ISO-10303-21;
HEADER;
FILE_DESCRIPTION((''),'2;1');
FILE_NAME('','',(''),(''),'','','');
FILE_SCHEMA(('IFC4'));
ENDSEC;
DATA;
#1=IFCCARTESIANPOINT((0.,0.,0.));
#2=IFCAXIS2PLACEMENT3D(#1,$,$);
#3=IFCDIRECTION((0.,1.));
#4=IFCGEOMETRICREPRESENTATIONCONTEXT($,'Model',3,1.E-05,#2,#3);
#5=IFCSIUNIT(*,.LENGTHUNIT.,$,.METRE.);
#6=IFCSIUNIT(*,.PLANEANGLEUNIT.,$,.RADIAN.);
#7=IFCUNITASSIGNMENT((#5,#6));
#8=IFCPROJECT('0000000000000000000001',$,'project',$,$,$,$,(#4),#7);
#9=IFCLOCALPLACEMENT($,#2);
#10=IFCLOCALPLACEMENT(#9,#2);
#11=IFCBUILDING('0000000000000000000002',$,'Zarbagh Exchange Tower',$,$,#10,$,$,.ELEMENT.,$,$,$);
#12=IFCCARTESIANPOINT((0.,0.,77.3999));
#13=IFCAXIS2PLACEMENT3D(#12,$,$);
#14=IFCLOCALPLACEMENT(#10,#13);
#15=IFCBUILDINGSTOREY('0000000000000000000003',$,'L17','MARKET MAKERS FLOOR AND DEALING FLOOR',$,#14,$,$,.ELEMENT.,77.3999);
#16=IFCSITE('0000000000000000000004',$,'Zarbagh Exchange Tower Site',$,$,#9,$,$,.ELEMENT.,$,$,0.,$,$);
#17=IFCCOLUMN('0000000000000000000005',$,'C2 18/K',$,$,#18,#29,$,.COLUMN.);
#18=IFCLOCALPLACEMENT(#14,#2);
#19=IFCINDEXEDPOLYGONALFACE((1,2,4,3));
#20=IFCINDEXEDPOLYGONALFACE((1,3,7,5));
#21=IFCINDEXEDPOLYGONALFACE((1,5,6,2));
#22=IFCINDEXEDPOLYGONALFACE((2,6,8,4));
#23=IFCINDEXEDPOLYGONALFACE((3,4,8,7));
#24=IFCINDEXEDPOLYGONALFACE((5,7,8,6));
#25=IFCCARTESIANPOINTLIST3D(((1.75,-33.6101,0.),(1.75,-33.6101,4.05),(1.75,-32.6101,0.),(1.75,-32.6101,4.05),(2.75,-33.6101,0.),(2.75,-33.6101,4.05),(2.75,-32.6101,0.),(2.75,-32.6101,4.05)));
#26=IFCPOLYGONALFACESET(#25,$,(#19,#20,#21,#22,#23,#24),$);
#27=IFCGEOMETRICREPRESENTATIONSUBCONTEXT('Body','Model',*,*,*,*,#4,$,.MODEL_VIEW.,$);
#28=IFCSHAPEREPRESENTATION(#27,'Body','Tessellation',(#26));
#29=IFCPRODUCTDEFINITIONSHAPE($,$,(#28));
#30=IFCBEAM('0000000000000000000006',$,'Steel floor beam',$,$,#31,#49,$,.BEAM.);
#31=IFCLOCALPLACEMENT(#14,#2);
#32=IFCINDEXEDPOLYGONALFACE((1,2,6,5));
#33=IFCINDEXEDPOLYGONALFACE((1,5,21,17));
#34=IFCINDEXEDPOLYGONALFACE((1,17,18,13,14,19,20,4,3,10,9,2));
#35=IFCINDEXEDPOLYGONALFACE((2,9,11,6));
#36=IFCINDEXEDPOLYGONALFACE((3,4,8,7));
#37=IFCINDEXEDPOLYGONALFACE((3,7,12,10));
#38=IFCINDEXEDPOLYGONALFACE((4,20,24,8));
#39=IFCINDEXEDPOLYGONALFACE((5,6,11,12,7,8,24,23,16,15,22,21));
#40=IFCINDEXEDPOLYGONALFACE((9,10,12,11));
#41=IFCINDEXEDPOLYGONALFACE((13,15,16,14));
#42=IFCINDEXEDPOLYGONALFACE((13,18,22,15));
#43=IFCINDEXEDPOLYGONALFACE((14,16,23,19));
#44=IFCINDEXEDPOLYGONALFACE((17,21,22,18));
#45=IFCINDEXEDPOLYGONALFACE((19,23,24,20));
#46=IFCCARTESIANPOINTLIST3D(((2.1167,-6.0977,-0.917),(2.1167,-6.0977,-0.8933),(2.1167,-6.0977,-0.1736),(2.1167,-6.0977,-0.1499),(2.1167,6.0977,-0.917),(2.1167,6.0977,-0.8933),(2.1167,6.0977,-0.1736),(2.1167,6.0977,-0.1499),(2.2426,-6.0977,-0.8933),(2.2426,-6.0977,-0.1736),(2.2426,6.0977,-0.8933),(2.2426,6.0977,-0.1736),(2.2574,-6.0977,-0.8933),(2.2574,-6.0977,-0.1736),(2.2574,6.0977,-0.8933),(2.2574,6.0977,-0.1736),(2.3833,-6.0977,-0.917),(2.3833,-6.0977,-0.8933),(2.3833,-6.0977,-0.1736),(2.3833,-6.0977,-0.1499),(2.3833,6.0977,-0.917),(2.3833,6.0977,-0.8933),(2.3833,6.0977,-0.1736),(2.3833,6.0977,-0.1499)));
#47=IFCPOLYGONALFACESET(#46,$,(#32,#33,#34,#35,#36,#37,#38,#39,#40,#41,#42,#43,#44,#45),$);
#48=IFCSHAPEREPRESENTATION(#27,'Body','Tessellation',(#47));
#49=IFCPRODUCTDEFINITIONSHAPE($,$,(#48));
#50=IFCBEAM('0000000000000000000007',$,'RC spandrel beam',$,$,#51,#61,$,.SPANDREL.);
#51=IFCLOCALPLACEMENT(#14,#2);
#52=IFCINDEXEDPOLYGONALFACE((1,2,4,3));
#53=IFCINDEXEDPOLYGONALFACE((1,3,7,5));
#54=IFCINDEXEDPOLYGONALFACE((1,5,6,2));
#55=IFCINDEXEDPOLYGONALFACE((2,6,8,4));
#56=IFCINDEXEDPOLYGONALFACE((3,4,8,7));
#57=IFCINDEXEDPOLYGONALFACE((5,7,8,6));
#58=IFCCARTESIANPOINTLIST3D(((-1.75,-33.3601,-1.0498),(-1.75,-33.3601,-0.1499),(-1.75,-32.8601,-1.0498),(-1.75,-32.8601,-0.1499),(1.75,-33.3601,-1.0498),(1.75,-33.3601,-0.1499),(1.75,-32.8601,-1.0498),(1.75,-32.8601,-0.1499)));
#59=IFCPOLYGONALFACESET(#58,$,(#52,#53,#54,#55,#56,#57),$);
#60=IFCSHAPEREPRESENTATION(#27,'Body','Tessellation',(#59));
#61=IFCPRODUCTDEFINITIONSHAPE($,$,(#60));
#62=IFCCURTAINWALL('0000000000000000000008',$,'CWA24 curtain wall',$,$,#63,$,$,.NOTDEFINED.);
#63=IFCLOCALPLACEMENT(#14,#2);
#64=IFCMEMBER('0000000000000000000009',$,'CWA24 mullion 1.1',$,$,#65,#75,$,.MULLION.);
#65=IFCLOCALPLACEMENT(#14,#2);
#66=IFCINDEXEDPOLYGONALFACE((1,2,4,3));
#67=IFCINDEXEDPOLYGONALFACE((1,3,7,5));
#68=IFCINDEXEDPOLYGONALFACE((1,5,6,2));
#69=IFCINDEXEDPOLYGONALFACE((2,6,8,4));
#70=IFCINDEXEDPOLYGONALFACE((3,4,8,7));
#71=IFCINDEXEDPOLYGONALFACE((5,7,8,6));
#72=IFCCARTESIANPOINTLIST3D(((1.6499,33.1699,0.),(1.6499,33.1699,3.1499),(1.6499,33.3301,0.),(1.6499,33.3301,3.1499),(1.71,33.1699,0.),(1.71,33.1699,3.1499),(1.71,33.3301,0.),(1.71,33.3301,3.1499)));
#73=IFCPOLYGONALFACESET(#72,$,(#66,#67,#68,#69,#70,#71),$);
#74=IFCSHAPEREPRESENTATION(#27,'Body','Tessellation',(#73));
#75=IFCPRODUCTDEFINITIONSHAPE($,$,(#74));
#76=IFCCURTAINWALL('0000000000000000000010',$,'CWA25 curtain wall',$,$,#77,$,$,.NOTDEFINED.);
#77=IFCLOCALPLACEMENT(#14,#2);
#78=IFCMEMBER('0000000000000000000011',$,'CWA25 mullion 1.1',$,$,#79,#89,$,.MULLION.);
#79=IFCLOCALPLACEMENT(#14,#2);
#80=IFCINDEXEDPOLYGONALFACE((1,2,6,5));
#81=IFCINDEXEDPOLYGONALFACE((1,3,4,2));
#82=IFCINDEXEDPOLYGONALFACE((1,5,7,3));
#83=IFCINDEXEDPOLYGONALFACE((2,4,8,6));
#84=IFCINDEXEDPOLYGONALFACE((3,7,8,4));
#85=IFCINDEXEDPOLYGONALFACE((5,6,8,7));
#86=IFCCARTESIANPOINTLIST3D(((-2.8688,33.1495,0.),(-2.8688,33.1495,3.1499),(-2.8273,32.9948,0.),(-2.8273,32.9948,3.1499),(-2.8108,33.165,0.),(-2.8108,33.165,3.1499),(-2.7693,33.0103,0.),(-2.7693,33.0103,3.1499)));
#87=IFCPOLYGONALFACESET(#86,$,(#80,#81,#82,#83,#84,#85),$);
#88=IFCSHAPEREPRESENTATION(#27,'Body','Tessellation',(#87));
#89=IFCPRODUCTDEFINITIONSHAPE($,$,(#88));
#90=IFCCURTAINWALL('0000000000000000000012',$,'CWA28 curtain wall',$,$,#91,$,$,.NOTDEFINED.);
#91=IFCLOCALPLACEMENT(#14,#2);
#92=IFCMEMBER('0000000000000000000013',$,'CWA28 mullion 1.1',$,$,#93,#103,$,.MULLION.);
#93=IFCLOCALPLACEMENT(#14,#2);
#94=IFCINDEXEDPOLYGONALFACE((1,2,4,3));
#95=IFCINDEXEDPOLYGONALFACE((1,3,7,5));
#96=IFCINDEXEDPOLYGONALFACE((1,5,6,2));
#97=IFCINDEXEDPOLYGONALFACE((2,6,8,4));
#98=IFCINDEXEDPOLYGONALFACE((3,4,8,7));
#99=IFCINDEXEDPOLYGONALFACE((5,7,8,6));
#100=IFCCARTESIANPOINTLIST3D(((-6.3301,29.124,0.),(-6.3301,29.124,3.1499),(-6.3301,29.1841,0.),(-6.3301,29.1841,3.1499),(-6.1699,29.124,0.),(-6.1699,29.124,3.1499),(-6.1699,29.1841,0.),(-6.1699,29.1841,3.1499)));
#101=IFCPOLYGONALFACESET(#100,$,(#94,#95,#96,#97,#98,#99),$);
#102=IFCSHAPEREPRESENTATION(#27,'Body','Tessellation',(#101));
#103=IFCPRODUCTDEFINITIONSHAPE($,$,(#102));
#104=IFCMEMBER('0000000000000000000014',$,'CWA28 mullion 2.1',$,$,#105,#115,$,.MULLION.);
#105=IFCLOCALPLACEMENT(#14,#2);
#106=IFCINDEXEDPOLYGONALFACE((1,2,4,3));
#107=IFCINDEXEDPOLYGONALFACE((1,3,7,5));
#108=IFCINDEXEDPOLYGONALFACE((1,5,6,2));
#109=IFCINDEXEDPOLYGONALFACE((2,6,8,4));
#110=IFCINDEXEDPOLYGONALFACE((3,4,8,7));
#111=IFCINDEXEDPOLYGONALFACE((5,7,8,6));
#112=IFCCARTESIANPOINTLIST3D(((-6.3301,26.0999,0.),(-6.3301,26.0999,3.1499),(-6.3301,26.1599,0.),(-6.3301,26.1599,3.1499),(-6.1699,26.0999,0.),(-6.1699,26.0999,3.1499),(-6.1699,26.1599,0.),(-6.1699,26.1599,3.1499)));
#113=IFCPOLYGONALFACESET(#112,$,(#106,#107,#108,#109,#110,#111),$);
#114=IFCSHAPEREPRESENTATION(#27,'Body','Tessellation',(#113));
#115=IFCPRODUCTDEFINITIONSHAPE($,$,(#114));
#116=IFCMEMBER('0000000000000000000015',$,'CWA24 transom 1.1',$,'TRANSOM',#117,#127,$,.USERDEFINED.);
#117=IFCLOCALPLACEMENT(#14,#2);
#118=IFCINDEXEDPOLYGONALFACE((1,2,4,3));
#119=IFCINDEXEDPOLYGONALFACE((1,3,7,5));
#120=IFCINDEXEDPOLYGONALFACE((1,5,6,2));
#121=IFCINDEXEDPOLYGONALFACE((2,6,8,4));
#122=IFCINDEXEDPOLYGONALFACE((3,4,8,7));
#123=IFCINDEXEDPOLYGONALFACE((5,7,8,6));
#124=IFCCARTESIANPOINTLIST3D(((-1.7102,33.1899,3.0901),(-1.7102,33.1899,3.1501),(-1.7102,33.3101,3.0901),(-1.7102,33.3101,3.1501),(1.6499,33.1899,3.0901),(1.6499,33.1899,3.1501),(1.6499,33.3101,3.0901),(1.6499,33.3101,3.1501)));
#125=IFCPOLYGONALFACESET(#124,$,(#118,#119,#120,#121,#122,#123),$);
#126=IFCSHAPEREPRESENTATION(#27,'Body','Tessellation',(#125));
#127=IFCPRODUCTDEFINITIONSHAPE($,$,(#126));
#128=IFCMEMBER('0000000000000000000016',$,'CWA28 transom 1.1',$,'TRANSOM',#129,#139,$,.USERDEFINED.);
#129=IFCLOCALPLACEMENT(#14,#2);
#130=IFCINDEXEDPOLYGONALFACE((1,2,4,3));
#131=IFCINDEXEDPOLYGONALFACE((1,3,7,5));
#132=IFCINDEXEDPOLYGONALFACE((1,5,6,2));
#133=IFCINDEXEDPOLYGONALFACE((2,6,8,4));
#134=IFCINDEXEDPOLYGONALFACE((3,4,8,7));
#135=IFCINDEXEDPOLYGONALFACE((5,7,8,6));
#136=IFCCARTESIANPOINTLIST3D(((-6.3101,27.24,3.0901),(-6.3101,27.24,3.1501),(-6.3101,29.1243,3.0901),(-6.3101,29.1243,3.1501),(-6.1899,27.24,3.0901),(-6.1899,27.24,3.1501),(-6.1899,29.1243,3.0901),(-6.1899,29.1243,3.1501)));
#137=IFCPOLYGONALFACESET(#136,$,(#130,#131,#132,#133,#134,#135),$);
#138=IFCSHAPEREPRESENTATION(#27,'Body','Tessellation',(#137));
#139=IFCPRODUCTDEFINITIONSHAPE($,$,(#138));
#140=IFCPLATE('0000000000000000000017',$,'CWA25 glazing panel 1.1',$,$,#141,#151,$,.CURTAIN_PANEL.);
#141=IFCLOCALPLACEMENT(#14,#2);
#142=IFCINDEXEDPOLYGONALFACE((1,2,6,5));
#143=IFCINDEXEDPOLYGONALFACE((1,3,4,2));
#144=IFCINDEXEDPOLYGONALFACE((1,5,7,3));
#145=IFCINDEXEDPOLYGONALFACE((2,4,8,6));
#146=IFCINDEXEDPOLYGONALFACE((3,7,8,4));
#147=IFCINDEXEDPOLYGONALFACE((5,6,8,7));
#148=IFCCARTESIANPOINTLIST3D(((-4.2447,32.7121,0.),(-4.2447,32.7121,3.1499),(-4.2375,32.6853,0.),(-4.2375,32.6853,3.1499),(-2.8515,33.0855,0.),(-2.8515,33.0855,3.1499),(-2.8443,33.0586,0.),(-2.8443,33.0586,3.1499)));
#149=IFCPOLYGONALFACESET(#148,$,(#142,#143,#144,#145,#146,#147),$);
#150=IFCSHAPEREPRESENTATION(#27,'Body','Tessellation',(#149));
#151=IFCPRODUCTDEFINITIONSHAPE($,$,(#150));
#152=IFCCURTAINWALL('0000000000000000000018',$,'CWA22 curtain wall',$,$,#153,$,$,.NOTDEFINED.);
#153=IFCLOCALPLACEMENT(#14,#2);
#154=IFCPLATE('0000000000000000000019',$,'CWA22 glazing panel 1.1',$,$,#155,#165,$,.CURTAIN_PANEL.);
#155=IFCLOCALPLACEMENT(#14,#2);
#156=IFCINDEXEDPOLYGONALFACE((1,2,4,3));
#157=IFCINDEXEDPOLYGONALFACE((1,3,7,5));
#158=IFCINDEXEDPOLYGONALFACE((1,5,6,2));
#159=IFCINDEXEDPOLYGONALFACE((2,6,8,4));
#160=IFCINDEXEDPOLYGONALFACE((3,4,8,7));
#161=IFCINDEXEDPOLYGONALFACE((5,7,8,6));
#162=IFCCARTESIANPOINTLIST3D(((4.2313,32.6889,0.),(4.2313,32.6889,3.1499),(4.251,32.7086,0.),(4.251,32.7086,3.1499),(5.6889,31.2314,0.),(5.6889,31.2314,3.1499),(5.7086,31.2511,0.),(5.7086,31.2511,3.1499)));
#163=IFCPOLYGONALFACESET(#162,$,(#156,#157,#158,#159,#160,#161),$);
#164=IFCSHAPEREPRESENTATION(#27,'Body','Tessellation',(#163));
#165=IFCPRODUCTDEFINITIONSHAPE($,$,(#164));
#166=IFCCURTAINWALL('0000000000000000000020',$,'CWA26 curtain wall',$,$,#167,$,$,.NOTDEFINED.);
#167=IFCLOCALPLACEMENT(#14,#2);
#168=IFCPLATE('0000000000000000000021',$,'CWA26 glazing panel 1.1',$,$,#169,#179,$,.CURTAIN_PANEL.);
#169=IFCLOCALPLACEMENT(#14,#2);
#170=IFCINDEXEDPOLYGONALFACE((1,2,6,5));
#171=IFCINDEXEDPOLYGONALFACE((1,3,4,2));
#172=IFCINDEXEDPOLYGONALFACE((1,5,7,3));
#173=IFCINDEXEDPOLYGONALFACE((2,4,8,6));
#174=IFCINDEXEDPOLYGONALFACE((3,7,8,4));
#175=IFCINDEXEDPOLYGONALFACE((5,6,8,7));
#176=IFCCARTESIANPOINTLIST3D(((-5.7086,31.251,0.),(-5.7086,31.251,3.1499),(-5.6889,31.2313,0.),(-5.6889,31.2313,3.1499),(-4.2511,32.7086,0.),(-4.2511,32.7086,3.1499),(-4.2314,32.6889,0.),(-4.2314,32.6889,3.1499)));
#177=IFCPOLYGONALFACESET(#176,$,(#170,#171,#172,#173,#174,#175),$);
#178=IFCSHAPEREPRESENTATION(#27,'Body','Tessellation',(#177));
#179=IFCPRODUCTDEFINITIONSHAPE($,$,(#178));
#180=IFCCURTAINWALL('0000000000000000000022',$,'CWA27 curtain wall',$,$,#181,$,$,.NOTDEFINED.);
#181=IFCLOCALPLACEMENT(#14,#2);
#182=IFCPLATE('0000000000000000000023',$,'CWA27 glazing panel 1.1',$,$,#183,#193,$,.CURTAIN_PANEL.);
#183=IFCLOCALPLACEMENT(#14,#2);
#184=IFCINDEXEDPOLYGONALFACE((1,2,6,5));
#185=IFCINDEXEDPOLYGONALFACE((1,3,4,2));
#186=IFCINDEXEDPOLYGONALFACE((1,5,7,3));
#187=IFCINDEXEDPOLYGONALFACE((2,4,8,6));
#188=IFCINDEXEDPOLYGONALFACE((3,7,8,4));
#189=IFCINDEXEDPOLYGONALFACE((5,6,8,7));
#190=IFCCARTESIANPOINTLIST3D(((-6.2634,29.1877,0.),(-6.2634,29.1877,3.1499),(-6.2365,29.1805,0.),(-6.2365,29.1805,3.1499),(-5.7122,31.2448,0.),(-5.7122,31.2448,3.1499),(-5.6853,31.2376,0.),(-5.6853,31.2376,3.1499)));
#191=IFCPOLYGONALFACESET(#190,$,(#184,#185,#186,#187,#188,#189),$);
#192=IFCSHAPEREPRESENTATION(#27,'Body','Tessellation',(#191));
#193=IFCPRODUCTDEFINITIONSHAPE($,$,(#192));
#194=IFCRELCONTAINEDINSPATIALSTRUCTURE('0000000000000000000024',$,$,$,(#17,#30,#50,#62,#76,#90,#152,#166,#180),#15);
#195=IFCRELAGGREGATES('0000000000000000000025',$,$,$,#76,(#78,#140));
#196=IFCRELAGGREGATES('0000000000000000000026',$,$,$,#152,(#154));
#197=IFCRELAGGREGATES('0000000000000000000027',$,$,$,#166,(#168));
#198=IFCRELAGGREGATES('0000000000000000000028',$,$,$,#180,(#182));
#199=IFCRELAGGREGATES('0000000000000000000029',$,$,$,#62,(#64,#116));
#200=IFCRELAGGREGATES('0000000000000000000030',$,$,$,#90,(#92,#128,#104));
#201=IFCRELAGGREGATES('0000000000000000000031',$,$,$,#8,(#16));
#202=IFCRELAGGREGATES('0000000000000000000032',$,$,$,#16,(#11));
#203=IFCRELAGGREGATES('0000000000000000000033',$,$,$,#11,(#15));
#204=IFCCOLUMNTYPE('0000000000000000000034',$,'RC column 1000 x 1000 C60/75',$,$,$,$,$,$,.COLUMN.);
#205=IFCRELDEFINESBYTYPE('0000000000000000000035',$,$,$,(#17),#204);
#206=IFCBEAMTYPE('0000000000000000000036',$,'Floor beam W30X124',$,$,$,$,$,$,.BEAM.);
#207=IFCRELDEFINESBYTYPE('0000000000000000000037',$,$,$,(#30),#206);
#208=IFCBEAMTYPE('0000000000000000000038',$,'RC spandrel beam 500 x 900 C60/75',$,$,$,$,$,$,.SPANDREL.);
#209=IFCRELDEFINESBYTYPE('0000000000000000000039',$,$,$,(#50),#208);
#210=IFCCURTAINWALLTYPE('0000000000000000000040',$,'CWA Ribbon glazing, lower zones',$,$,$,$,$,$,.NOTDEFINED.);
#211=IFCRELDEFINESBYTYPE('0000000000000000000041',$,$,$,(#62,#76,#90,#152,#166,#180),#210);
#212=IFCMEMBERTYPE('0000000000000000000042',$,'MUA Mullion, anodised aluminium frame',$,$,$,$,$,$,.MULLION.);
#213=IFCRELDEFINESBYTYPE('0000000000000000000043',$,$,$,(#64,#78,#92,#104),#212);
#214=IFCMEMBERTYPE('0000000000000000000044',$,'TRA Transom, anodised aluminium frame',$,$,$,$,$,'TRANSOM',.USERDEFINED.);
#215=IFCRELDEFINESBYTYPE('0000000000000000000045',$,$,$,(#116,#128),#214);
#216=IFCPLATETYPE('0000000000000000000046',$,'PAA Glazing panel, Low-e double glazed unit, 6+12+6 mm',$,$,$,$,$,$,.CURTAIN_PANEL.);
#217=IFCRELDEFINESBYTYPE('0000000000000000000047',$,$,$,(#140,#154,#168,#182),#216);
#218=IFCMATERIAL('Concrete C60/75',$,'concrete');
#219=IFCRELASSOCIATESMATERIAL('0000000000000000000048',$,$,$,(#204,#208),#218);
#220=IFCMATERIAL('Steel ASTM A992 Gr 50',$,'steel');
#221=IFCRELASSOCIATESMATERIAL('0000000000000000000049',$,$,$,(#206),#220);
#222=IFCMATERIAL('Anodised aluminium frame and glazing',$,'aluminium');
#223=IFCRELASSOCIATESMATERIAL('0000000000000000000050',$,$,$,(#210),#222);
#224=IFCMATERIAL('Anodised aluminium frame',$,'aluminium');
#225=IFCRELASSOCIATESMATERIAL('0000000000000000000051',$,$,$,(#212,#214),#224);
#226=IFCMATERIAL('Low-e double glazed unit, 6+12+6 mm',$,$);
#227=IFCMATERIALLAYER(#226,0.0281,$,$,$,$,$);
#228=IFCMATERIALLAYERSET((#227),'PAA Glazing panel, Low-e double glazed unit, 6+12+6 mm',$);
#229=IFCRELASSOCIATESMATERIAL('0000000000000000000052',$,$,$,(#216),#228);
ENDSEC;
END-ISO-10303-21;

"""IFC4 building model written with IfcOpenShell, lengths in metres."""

from ifc_helpers import new_model, si_unit, direction, frame, origin, origin_2d, place, context, subcontext, project, spatial, polyline, rectangle, i_section, outline, extrude, source, transform, mapped, material, layer, layer_set, material_profile, profile_set, type_object, element, aggregate, save


model = new_model("IFC4")

# Units and contexts
model_context = context("Model", 3, precision=1e-05, world=origin(), true_north=direction((0.0, 1.0)))
body_context = subcontext(model_context, "Body", "Model", "MODEL_VIEW")
ifc_project = project(units=[si_unit("LENGTHUNIT", "METRE"), si_unit("PLANEANGLEUNIT", "RADIAN")], contexts=[model_context])

# Site, building, storey
site_placement = place(None, origin())
site = spatial("IfcSite", under=ifc_project, at=site_placement, Name="Zarbagh Exchange Tower Site", CompositionType="ELEMENT", RefElevation=0.0)
building_placement = place(site_placement, origin())
building = spatial("IfcBuilding", under=site, at=building_placement, Name="Zarbagh Exchange Tower", CompositionType="ELEMENT")
storey_placement = place(building_placement, frame((0.0, 0.0, 77.3999)))
storey = spatial("IfcBuildingStorey", under=building, at=storey_placement, Name="L17", Description="MARKET MAKERS FLOOR AND DEALING FLOOR", CompositionType="ELEMENT", Elevation=77.3999)

# Column
ifc_material_1 = material(Name="Concrete C60/75", Category="concrete")
ifc_material_profile_1 = material_profile(ifc_material_1, rectangle(XDim=1.0, YDim=1.0, at=origin_2d()), Name="RC column 1000 x 1000 C60/75")
ifc_profile_set_1 = profile_set([ifc_material_profile_1], Name="Concrete C60/75")
column_type = type_object("IfcColumnType", Name="RC column 1000 x 1000 C60/75", PredefinedType="COLUMN", material=ifc_profile_set_1)
column_placement = place(storey_placement, frame((2.25, -33.1101, 0.0), z_axis=(0.0, 0.0, 1.0), x_axis=(1.0, 0.0, 0.0)))
element("IfcColumn", 1, at=column_placement, inside=storey, type_object=column_type, Name="C2 18/K", PredefinedType="COLUMN", context=body_context, shape_type="SweptSolid", body=[
    extrude(rectangle(XDim=1.0, YDim=1.0, at=origin_2d()), origin(), (0.0, 0.0, 1.0), 4.05),
])

# Beams
ifc_material_2 = material(Name="Steel ASTM A992 Gr 50", Category="steel")
ifc_material_profile_2 = material_profile(ifc_material_2, i_section(OverallWidth=0.2666, OverallDepth=0.7671, WebThickness=0.0149, FlangeThickness=0.0237, at=origin_2d()), Name="W30X124")
ifc_profile_set_2 = profile_set([ifc_material_profile_2], Name="Steel ASTM A992 Gr 50")
beam_type_1 = type_object("IfcBeamType", Name="Floor beam W30X124", PredefinedType="BEAM", material=ifc_profile_set_2)
beam_1_placement = place(storey_placement, frame((2.25, -6.0977, -0.5334), z_axis=(0.0, 1.0, 0.0), x_axis=(-1.0, 0.0, 0.0)))
element("IfcBeam", 2, at=beam_1_placement, inside=storey, type_object=beam_type_1, Name="Steel floor beam", PredefinedType="BEAM", context=body_context, shape_type="SweptSolid", body=[
    extrude(i_section(OverallWidth=0.2666, OverallDepth=0.7671, WebThickness=0.0149, FlangeThickness=0.0237, at=origin_2d()), origin(), (0.0, 0.0, 1.0), 12.1953),
])
ifc_material_profile_3 = material_profile(ifc_material_1, rectangle(XDim=0.5, YDim=0.8999, at=origin_2d()), Name="RC spandrel beam 500 x 900 C60/75")
ifc_profile_set_3 = profile_set([ifc_material_profile_3], Name="Concrete C60/75")
beam_type_2 = type_object("IfcBeamType", Name="RC spandrel beam 500 x 900 C60/75", PredefinedType="SPANDREL", material=ifc_profile_set_3)
beam_2_placement = place(storey_placement, frame((1.75, -33.1101, -0.5999), z_axis=(-1.0, 0.0, 0.0), x_axis=(0.0, -1.0, 0.0)))
element("IfcBeam", 3, at=beam_2_placement, inside=storey, type_object=beam_type_2, Name="RC spandrel beam", PredefinedType="SPANDREL", context=body_context, shape_type="SweptSolid", body=[
    extrude(rectangle(XDim=0.5, YDim=0.8999, at=origin_2d()), origin(), (0.0, 0.0, 1.0), 3.5),
])

# Curtain walls, members
ifc_material_3 = material(Name="Anodised aluminium frame and glazing", Category="aluminium")
curtain_wall_type = type_object("IfcCurtainWallType", Name="CWA Ribbon glazing, lower zones", PredefinedType="NOTDEFINED", material=ifc_material_3)
curtain_wall_1_placement = place(storey_placement, origin())
curtain_wall_1 = element("IfcCurtainWall", 4, at=curtain_wall_1_placement, inside=storey, type_object=curtain_wall_type, Name="CWA24 curtain wall", PredefinedType="NOTDEFINED")
ifc_material_4 = material(Name="Anodised aluminium frame", Category="aluminium")
member_type_1 = type_object("IfcMemberType", Name="MUA Mullion, anodised aluminium frame", PredefinedType="MULLION", material=ifc_material_4)
shared_shape_1 = source(origin(), body_context, "Body", "SweptSolid", [
    extrude(outline(polyline([(0.0, -0.0801), (0.0601, -0.0801), (0.0601, 0.0801), (0.0, 0.0801), (0.0, -0.0801)])), origin(), (0.0, 0.0, 1.0), 3.1499),
])
placement = place(storey_placement, origin())
member_1 = element("IfcMember", 5, at=placement, type_object=member_type_1, Name="CWA24 mullion 1.1", PredefinedType="MULLION", context=body_context, shape_type="MappedRepresentation", body=[
    mapped(shared_shape_1, transform((1.71, 33.25, 0.0), x_axis=(-1.0, 0.0, 0.0), y_axis=(0.0, -1.0, 0.0), z_axis=(0.0, 0.0, 1.0))),
])
curtain_wall_2_placement = place(storey_placement, origin())
curtain_wall_2 = element("IfcCurtainWall", 6, at=curtain_wall_2_placement, inside=storey, type_object=curtain_wall_type, Name="CWA25 curtain wall", PredefinedType="NOTDEFINED")
member_2 = element("IfcMember", 7, at=placement, type_object=member_type_1, Name="CWA25 mullion 1.1", PredefinedType="MULLION", context=body_context, shape_type="MappedRepresentation", body=[
    mapped(shared_shape_1, transform((-2.79, 33.0876, 0.0), x_axis=(-0.965924, -0.258825, 0.0), y_axis=(0.258825, -0.965924, 0.0), z_axis=(0.0, 0.0, 1.0))),
])

# Curtain wall, members
curtain_wall_3_placement = place(storey_placement, origin())
curtain_wall_3 = element("IfcCurtainWall", 8, at=curtain_wall_3_placement, inside=storey, type_object=curtain_wall_type, Name="CWA28 curtain wall", PredefinedType="NOTDEFINED")
member_3 = element("IfcMember", 9, at=placement, type_object=member_type_1, Name="CWA28 mullion 1.1", PredefinedType="MULLION", context=body_context, shape_type="MappedRepresentation", body=[
    mapped(shared_shape_1, transform((-6.25, 29.1841, 0.0), x_axis=(0.0, -1.0, 0.0), y_axis=(1.0, 0.0, 0.0), z_axis=(0.0, 0.0, 1.0))),
])
member_4 = element("IfcMember", 10, at=placement, type_object=member_type_1, Name="CWA28 mullion 2.1", PredefinedType="MULLION", context=body_context, shape_type="MappedRepresentation", body=[
    mapped(shared_shape_1, transform((-6.25, 26.1599, 0.0), x_axis=(0.0, -1.0, 0.0), y_axis=(1.0, 0.0, 0.0), z_axis=(0.0, 0.0, 1.0))),
])

# Members
member_type_2 = type_object("IfcMemberType", Name="TRA Transom, anodised aluminium frame", ElementType="TRANSOM", PredefinedType="USERDEFINED", material=ifc_material_4)
shared_shape_2 = source(origin(), body_context, "Body", "SweptSolid", [
    extrude(outline(polyline([(-0.0601, -0.0601), (0.0, -0.0601), (0.0, 0.0601), (-0.0601, 0.0601), (-0.0601, -0.0601)])), origin(), (0.0, 0.0, 1.0), 3.3601),
])
member_5 = element("IfcMember", 11, at=placement, type_object=member_type_2, Name="CWA24 transom 1.1", ObjectType="TRANSOM", PredefinedType="USERDEFINED", context=body_context, shape_type="MappedRepresentation", body=[
    mapped(shared_shape_2, transform((1.6499, 33.25, 3.1501), x_axis=(0.0, 0.0, 1.0), y_axis=(0.0, 1.0, 0.0), z_axis=(-1.0, 0.0, 0.0))),
])
shared_shape_3 = source(origin(), body_context, "Body", "SweptSolid", [
    extrude(outline(polyline([(-0.0601, -0.0601), (0.0, -0.0601), (0.0, 0.0601), (-0.0601, 0.0601), (-0.0601, -0.0601)])), origin(), (0.0, 0.0, 1.0), 1.8843),
])
member_6 = element("IfcMember", 12, at=placement, type_object=member_type_2, Name="CWA28 transom 1.1", ObjectType="TRANSOM", PredefinedType="USERDEFINED", context=body_context, shape_type="MappedRepresentation", body=[
    mapped(shared_shape_3, transform((-6.25, 29.1243, 3.1501), x_axis=(0.0, 0.0, 1.0), y_axis=(-1.0, 0.0, 0.0), z_axis=(0.0, -1.0, 0.0))),
])

# Plate
ifc_material_5 = material(Name="Low-e double glazed unit, 6+12+6 mm")
ifc_layer_1 = layer(ifc_material_5, 0.0281)
ifc_layer_set_1 = layer_set([ifc_layer_1], Name="PAA Glazing panel, Low-e double glazed unit, 6+12+6 mm")
plate_type = type_object("IfcPlateType", Name="PAA Glazing panel, Low-e double glazed unit, 6+12+6 mm", PredefinedType="CURTAIN_PANEL", material=ifc_layer_set_1)
shared_shape_4 = source(origin(), body_context, "Body", "SweptSolid", [
    extrude(outline(polyline([(0.0, -0.0139), (1.4424, -0.0139), (1.4424, 0.0139), (0.0, 0.0139), (0.0, -0.0139)])), origin(), (0.0, 0.0, 1.0), 3.1499),
])
plate_1 = element("IfcPlate", 13, at=placement, type_object=plate_type, Name="CWA25 glazing panel 1.1", PredefinedType="CURTAIN_PANEL", context=body_context, shape_type="MappedRepresentation", body=[
    mapped(shared_shape_4, transform((-2.8479, 33.072, 0.0), x_axis=(-0.965924, -0.258825, 0.0), y_axis=(0.258825, -0.965924, 0.0), z_axis=(0.0, 0.0, 1.0))),
])
aggregate(curtain_wall_2, [member_2, plate_1])

# Curtain walls, plates
curtain_wall_4_placement = place(storey_placement, origin())
curtain_wall_4 = element("IfcCurtainWall", 14, at=curtain_wall_4_placement, inside=storey, type_object=curtain_wall_type, Name="CWA22 curtain wall", PredefinedType="NOTDEFINED")
shared_shape_5 = source(origin(), body_context, "Body", "SweptSolid", [
    extrude(outline(polyline([(0.0, -0.0139), (2.0613, -0.0139), (2.0613, 0.0139), (0.0, 0.0139), (0.0, -0.0139)])), origin(), (0.0, 0.0, 1.0), 3.1499),
])
plate_2 = element("IfcPlate", 15, at=placement, type_object=plate_type, Name="CWA22 glazing panel 1.1", PredefinedType="CURTAIN_PANEL", context=body_context, shape_type="MappedRepresentation", body=[
    mapped(shared_shape_5, transform((5.6987, 31.2412, 0.0), x_axis=(-0.707107, 0.707107, 0.0), y_axis=(-0.707107, -0.707107, 0.0), z_axis=(0.0, 0.0, 1.0))),
])
aggregate(curtain_wall_4, [plate_2])
curtain_wall_5_placement = place(storey_placement, origin())
curtain_wall_5 = element("IfcCurtainWall", 16, at=curtain_wall_5_placement, inside=storey, type_object=curtain_wall_type, Name="CWA26 curtain wall", PredefinedType="NOTDEFINED")
plate_3 = element("IfcPlate", 17, at=placement, type_object=plate_type, Name="CWA26 glazing panel 1.1", PredefinedType="CURTAIN_PANEL", context=body_context, shape_type="MappedRepresentation", body=[
    mapped(shared_shape_5, transform((-4.2412, 32.6987, 0.0), x_axis=(-0.707107, -0.707107, 0.0), y_axis=(0.707107, -0.707107, 0.0), z_axis=(0.0, 0.0, 1.0))),
])
aggregate(curtain_wall_5, [plate_3])
curtain_wall_6_placement = place(storey_placement, origin())
curtain_wall_6 = element("IfcCurtainWall", 18, at=curtain_wall_6_placement, inside=storey, type_object=curtain_wall_type, Name="CWA27 curtain wall", PredefinedType="NOTDEFINED")
shared_shape_6 = source(origin(), body_context, "Body", "SweptSolid", [
    extrude(outline(polyline([(0.0, -0.0139), (2.1296, -0.0139), (2.1296, 0.0139), (0.0, 0.0139), (0.0, -0.0139)])), origin(), (0.0, 0.0, 1.0), 3.1499),
])
plate_4 = element("IfcPlate", 19, at=placement, type_object=plate_type, Name="CWA27 glazing panel 1.1", PredefinedType="CURTAIN_PANEL", context=body_context, shape_type="MappedRepresentation", body=[
    mapped(shared_shape_6, transform((-5.6987, 31.2412, 0.0), x_axis=(-0.258825, -0.965924, 0.0), y_axis=(0.965924, -0.258825, 0.0), z_axis=(0.0, 0.0, 1.0))),
])
aggregate(curtain_wall_6, [plate_4])

aggregate(curtain_wall_1, [member_1, member_5])
aggregate(curtain_wall_3, [member_3, member_6, member_4])

save(model, "model.ifc")
